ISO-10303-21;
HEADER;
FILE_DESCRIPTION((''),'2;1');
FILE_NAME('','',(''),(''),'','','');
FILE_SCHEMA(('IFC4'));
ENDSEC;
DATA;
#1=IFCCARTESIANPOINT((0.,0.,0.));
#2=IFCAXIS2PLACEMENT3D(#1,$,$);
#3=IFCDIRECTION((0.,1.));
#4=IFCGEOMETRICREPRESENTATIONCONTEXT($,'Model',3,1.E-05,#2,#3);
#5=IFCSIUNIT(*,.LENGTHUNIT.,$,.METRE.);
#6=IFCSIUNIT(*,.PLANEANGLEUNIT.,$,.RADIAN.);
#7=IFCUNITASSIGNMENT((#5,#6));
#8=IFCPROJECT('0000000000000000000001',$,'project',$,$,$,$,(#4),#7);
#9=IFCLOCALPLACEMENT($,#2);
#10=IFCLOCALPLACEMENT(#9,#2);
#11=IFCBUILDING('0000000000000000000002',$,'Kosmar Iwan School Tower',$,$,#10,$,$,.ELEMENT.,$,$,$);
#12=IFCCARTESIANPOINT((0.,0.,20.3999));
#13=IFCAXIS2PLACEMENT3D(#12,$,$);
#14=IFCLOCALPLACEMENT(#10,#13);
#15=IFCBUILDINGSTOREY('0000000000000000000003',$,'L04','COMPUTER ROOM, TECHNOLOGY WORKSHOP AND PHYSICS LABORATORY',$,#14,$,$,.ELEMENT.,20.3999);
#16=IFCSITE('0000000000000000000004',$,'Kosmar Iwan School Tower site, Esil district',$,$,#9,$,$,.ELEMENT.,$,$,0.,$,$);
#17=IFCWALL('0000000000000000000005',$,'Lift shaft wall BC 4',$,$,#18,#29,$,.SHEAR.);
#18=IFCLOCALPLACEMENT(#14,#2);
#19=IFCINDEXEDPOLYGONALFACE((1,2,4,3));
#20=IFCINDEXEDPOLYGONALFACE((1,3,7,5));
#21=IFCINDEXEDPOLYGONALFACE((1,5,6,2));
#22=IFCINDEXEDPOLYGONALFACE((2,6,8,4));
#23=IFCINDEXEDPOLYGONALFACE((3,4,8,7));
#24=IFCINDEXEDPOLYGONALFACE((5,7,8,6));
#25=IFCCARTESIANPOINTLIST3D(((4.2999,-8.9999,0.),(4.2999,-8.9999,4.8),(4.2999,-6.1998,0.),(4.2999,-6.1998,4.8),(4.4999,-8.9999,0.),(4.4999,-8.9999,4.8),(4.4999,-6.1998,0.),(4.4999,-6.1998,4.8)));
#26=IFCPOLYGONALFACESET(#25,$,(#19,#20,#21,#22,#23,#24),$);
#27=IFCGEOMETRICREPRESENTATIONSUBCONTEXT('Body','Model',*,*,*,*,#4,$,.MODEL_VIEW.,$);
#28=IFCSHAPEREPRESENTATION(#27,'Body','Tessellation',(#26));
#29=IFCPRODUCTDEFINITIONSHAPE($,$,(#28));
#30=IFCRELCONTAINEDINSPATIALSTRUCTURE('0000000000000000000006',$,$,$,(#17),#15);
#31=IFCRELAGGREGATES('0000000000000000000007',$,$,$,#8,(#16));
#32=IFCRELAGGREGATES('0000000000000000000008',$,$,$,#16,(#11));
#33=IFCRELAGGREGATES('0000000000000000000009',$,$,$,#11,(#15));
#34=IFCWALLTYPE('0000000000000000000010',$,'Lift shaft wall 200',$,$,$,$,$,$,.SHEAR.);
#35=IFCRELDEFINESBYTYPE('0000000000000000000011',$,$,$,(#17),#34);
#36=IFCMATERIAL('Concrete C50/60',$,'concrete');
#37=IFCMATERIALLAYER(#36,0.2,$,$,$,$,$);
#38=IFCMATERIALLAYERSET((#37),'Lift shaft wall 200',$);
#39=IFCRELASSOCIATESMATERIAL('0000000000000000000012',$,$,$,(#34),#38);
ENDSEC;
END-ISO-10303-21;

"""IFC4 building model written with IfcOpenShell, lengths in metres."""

from ifc_helpers import new_model, si_unit, direction, frame, frame_2d, origin, place, context, subcontext, project, spatial, rectangle, extrude, material, layer, layer_set, type_object, element, save


model = new_model("IFC4")

# Units and contexts
model_context = context("Model", 3, precision=1e-05, world=origin(), true_north=direction((0.0, 1.0)))
body_context = subcontext(model_context, "Body", "Model", "MODEL_VIEW")
ifc_project = project(units=[si_unit("LENGTHUNIT", "METRE"), si_unit("PLANEANGLEUNIT", "RADIAN")], contexts=[model_context])

# Site, building, storey
site_placement = place(None, origin())
site = spatial("IfcSite", under=ifc_project, at=site_placement, Name="Kosmar Iwan School Tower site, Esil district", CompositionType="ELEMENT", RefElevation=0.0)
building_placement = place(site_placement, origin())
building = spatial("IfcBuilding", under=site, at=building_placement, Name="Kosmar Iwan School Tower", CompositionType="ELEMENT")
storey_placement = place(building_placement, frame((0.0, 0.0, 20.3999)))
storey = spatial("IfcBuildingStorey", under=building, at=storey_placement, Name="L04", Description="COMPUTER ROOM, TECHNOLOGY WORKSHOP AND PHYSICS LABORATORY", CompositionType="ELEMENT", Elevation=20.3999)

# Shared definitions
ifc_material_1 = material(Name="Concrete C50/60", Category="concrete")
ifc_layer_1 = layer(ifc_material_1, 0.2)
ifc_layer_set_1 = layer_set([ifc_layer_1], Name="Lift shaft wall 200")
wall_type_1 = type_object("IfcWallType", Name="Lift shaft wall 200", PredefinedType="SHEAR", material=ifc_layer_set_1)

# Wall
wall_1_placement = place(storey_placement, frame((4.3999, -6.2, 0.0), z_axis=(0.0, 0.0, 1.0), x_axis=(0.0, -1.0, 0.0)))
element("IfcWall", 1, at=wall_1_placement, inside=storey, type_object=wall_type_1, Name="Lift shaft wall BC 4", PredefinedType="SHEAR", context=body_context, shape_type="SweptSolid", body=[
    extrude(rectangle(XDim=2.8, YDim=0.2, at=frame_2d((1.3999, 0.0))), origin(), (0.0, 0.0, 1.0), 4.8),
])

save(model, "model.ifc")
